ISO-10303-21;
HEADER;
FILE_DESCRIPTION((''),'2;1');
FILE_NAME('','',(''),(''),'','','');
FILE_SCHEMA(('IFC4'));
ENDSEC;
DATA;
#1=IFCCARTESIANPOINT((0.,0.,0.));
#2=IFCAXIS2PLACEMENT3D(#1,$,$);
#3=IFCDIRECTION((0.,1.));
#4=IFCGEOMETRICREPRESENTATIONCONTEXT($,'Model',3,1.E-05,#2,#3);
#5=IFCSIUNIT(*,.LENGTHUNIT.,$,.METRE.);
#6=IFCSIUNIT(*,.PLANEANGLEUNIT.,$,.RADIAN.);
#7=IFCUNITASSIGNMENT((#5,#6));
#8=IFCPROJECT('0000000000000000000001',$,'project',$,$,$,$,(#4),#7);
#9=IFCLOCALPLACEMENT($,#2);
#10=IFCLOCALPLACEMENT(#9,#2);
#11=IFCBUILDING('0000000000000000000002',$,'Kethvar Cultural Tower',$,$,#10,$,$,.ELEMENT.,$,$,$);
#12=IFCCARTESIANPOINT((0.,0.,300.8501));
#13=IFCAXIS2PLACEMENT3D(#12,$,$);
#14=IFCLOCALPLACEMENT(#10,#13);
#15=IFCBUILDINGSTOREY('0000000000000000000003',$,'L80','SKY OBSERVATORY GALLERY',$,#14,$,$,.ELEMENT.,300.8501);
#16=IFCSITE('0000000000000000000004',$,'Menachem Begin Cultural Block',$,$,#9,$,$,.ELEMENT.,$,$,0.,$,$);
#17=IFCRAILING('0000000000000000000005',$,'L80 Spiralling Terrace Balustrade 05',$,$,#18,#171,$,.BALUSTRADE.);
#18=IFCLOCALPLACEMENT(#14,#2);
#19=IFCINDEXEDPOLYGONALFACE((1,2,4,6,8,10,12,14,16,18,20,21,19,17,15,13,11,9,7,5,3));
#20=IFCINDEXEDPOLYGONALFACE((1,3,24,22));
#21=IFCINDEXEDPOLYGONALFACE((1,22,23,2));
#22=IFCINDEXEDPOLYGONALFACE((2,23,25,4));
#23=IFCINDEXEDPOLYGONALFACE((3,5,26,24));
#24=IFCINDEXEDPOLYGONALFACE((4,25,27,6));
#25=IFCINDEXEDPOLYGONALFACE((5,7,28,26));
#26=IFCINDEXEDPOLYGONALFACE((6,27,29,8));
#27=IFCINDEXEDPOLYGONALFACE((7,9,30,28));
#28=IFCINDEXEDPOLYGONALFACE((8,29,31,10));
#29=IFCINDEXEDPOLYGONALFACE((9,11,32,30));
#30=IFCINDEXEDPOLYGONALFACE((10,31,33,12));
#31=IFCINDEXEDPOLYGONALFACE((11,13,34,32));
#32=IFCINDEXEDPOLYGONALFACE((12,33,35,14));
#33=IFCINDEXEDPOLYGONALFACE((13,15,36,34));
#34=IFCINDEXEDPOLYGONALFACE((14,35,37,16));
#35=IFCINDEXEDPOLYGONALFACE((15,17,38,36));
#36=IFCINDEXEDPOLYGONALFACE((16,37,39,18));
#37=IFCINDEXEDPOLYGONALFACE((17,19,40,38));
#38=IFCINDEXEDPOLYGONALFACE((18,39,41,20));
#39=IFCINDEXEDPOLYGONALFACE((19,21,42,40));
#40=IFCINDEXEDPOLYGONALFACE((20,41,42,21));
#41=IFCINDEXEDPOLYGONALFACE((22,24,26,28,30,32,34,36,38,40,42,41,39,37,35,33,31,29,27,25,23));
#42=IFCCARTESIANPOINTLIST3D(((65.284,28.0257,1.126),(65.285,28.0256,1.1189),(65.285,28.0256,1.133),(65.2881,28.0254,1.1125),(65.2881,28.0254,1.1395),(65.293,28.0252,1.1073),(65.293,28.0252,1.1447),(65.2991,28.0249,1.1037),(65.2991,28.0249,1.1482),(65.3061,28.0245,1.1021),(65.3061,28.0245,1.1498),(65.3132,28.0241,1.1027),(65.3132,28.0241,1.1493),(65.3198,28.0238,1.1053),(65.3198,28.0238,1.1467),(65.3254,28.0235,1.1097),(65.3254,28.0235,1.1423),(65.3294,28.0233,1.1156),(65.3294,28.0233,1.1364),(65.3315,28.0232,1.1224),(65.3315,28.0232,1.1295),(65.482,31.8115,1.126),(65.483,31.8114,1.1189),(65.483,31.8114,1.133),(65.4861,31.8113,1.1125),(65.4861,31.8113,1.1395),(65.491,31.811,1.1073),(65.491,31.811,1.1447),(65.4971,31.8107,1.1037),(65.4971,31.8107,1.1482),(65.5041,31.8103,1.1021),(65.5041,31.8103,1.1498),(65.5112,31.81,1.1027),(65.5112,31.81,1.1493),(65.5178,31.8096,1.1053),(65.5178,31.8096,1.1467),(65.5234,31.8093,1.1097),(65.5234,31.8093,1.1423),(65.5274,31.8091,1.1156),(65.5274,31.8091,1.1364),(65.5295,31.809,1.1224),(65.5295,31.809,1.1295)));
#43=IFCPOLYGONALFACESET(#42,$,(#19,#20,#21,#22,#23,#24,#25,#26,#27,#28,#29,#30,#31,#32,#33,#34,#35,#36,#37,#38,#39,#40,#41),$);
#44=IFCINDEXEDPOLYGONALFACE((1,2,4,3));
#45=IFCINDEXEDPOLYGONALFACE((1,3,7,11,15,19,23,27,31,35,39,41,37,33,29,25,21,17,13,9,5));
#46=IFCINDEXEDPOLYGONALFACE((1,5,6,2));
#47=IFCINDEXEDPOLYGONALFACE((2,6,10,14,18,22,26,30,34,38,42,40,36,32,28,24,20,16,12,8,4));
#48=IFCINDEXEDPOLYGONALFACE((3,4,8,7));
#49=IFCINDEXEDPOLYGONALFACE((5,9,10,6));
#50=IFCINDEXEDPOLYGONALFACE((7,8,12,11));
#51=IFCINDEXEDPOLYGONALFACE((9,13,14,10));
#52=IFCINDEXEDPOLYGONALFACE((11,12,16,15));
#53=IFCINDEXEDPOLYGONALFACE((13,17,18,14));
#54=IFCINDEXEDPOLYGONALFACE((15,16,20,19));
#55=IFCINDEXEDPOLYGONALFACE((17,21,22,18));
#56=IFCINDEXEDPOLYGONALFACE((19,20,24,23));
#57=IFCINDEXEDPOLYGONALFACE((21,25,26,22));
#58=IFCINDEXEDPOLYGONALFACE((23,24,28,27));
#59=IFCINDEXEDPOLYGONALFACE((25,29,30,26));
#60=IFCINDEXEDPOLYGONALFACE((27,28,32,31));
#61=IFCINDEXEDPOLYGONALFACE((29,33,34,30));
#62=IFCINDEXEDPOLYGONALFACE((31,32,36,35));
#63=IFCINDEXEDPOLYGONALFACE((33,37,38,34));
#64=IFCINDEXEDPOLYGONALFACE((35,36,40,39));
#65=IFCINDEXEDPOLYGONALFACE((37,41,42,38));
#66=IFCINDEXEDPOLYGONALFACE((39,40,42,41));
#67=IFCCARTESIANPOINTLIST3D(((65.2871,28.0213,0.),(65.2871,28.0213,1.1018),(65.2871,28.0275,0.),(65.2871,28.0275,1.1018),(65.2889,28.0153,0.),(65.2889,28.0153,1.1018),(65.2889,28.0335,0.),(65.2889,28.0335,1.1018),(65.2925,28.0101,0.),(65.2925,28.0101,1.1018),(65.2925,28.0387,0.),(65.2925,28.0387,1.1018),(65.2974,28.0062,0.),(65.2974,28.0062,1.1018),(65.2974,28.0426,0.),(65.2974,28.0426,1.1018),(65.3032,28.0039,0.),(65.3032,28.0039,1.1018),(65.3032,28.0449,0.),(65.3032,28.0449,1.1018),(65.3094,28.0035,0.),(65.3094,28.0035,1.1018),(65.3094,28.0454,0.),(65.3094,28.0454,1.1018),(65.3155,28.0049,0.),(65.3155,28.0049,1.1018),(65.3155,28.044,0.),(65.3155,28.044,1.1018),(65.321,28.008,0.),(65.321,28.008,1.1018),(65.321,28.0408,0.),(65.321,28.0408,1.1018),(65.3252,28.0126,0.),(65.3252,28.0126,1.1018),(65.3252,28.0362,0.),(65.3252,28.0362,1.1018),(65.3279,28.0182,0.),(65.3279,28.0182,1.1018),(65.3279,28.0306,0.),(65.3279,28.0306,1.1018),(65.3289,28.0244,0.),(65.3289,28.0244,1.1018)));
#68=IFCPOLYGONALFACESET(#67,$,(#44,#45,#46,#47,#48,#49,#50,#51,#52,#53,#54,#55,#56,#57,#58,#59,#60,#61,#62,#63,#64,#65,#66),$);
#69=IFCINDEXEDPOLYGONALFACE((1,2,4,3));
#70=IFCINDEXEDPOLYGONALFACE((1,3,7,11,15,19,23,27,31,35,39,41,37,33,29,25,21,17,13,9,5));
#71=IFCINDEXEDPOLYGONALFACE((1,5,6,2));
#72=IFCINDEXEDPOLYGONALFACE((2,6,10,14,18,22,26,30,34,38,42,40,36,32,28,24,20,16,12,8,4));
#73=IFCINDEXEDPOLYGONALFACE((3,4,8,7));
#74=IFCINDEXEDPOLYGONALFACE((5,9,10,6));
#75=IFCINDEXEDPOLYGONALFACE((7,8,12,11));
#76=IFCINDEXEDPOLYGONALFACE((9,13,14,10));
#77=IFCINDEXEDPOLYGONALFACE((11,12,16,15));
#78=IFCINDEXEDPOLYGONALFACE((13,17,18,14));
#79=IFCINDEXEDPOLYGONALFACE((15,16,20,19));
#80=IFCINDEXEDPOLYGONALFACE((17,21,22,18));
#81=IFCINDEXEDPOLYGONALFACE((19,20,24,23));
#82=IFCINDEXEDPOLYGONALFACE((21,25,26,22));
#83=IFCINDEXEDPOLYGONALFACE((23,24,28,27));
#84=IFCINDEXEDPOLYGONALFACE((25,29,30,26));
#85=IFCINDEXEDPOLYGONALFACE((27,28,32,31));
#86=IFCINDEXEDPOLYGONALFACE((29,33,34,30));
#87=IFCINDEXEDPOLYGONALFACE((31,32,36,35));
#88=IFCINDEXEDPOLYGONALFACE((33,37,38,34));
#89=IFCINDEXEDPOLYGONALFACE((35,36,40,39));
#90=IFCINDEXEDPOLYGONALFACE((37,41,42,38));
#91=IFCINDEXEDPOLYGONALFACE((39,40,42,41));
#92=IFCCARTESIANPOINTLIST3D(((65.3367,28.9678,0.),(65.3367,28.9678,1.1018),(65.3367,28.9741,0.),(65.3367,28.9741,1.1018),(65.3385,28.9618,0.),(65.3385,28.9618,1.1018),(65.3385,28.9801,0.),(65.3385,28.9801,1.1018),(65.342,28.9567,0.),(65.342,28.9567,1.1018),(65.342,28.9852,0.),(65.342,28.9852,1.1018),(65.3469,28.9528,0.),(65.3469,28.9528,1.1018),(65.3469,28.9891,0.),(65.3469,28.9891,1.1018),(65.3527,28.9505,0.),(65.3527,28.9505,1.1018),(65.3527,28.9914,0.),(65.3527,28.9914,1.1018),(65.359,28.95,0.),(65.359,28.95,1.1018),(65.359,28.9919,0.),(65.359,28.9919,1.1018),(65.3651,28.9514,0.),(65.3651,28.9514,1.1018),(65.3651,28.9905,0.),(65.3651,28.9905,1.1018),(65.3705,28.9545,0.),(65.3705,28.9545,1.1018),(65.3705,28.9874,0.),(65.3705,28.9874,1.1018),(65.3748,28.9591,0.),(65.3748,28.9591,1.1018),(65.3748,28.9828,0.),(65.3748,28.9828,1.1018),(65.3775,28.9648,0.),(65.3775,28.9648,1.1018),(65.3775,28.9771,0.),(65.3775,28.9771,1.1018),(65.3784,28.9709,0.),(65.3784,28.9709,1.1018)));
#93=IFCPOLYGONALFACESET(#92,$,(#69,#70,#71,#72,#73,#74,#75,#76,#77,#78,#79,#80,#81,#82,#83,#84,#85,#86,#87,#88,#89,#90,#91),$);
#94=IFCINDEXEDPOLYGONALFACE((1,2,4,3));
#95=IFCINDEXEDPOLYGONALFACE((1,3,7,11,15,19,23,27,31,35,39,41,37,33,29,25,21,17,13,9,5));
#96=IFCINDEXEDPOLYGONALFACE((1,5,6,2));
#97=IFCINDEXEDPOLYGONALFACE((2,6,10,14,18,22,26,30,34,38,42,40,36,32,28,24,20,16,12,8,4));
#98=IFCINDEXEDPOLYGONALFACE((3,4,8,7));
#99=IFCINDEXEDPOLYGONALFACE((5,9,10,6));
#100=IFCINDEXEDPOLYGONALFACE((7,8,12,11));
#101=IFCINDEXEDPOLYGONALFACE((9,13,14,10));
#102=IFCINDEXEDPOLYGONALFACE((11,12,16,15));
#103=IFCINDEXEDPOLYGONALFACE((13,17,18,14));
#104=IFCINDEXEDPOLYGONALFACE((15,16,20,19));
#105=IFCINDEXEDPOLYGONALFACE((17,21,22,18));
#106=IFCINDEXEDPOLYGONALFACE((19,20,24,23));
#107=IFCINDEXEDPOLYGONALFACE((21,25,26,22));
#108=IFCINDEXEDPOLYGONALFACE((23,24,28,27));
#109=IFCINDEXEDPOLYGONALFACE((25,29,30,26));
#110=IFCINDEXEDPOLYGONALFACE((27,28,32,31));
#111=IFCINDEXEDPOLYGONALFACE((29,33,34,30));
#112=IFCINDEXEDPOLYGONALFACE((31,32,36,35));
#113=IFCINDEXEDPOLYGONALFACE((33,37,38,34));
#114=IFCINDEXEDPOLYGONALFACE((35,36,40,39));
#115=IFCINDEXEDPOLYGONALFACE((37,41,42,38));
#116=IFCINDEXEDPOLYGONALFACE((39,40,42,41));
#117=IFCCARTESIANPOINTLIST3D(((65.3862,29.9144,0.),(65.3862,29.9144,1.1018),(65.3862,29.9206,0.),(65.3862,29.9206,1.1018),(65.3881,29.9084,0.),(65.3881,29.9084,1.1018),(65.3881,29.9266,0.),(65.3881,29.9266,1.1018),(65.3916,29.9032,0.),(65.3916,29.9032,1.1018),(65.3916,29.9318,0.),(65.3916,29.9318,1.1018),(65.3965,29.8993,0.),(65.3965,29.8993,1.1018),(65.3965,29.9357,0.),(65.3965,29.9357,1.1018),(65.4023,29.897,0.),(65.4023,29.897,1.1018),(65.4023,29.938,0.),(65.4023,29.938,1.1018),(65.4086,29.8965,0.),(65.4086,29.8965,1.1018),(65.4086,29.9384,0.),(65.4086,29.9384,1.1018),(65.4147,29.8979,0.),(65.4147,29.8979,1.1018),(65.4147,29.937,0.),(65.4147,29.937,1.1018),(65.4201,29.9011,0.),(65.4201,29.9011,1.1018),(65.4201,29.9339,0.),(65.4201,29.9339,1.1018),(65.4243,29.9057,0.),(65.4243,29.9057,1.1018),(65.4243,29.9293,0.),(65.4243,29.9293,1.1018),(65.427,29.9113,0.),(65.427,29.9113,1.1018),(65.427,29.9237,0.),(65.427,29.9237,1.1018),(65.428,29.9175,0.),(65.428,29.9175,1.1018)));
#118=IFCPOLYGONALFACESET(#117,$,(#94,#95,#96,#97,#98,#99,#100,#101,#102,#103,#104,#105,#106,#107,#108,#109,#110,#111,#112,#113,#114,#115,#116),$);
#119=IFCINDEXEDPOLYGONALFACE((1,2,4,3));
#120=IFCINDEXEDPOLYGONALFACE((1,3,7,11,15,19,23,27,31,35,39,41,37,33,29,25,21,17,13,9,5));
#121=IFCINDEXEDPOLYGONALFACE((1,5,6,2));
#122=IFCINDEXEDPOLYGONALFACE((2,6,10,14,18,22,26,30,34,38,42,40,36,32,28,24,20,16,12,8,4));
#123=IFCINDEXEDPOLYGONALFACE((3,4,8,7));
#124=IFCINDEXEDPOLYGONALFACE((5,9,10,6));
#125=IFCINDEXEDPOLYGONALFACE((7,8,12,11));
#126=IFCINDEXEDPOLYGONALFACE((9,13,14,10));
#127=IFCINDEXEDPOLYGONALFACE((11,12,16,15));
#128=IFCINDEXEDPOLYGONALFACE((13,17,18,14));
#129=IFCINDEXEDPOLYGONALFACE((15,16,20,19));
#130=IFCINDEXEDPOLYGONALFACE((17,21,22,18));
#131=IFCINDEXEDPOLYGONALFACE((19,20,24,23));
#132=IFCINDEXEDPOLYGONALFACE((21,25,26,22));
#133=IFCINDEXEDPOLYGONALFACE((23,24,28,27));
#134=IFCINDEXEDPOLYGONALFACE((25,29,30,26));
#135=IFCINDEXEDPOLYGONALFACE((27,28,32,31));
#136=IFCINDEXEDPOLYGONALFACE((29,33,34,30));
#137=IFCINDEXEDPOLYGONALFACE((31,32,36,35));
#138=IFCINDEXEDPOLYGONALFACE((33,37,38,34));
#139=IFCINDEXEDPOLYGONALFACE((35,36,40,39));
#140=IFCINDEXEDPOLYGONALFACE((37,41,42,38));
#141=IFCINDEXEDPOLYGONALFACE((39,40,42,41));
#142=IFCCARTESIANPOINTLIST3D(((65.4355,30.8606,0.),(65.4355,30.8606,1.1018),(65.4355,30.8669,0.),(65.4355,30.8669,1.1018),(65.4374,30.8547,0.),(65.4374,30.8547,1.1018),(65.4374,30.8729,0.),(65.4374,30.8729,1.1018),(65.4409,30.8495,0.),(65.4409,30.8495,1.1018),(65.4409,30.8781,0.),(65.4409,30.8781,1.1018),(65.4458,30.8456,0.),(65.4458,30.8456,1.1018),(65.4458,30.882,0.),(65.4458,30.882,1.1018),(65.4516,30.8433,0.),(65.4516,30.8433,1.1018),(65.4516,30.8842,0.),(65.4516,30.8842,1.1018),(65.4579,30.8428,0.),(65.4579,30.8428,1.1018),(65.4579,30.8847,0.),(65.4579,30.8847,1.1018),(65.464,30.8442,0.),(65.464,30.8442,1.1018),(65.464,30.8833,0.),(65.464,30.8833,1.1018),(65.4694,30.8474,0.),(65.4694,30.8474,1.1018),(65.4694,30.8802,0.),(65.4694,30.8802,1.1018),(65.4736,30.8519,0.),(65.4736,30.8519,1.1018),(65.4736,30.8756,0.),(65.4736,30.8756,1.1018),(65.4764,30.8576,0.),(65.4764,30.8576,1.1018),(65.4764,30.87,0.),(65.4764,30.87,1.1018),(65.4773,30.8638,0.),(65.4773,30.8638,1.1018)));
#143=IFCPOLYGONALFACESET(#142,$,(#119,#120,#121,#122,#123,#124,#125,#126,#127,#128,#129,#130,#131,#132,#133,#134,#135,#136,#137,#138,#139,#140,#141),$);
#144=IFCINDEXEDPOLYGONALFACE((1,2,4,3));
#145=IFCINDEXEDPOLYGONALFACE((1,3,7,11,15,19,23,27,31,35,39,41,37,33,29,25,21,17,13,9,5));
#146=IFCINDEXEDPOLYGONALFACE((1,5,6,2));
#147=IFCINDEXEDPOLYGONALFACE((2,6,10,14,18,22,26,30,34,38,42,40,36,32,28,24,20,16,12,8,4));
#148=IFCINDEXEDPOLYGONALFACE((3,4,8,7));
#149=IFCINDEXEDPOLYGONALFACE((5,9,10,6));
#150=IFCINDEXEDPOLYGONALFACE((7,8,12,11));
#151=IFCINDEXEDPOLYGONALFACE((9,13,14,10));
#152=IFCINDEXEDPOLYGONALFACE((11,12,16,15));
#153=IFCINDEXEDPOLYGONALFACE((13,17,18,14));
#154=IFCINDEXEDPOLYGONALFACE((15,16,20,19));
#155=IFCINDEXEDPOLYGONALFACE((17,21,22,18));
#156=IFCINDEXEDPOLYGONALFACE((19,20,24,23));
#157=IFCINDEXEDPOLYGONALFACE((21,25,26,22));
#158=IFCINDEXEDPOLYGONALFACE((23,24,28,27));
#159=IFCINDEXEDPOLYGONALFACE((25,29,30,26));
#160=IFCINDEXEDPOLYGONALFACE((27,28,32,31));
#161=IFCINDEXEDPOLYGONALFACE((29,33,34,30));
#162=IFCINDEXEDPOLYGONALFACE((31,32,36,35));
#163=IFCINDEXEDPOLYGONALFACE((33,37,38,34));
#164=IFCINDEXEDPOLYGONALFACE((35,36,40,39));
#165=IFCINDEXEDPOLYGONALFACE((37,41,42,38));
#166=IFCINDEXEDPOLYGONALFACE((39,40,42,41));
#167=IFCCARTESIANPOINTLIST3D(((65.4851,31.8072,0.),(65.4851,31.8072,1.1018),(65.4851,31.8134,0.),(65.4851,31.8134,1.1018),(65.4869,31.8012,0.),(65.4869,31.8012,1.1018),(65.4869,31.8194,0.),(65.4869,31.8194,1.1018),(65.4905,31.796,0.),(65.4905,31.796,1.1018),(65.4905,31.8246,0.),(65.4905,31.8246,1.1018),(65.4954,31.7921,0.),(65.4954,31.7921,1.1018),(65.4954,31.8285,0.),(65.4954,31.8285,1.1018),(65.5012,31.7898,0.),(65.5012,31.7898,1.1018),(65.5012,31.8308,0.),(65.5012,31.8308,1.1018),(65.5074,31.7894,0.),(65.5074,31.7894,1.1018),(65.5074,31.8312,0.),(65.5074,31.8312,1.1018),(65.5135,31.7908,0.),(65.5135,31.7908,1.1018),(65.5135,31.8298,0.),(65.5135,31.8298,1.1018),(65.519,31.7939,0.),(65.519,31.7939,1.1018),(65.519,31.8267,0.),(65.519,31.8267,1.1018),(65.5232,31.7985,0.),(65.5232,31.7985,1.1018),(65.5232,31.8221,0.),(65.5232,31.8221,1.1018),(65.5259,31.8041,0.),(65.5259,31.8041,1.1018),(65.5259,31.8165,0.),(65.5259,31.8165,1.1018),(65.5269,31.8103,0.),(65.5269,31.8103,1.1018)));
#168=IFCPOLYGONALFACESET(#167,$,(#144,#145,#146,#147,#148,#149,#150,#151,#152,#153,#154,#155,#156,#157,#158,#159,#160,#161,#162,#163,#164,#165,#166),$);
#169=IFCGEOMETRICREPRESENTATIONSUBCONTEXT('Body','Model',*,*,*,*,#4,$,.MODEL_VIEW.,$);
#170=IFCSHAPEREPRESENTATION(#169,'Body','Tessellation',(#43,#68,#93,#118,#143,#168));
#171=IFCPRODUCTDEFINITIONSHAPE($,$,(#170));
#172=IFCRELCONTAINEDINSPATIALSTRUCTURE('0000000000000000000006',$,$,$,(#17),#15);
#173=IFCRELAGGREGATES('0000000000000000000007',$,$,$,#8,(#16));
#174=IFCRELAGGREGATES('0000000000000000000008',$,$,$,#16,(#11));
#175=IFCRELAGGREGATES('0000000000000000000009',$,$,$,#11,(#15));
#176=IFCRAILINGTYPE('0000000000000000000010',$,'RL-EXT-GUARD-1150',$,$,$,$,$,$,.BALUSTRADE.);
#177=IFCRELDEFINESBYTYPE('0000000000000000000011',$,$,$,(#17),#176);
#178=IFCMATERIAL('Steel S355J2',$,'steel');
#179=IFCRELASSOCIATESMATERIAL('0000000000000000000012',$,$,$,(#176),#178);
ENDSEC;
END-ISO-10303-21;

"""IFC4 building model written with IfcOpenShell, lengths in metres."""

from ifc_helpers import new_model, si_unit, direction, frame, origin, origin_2d, place, context, subcontext, project, spatial, circle, extrude, material, type_object, element, save


model = new_model("IFC4")

# Units and contexts
model_context = context("Model", 3, precision=1e-05, world=origin(), true_north=direction((0.0, 1.0)))
body_context = subcontext(model_context, "Body", "Model", "MODEL_VIEW")
ifc_project = project(units=[si_unit("LENGTHUNIT", "METRE"), si_unit("PLANEANGLEUNIT", "RADIAN")], contexts=[model_context])

# Site, building, storey
site_placement = place(None, origin())
site = spatial("IfcSite", under=ifc_project, at=site_placement, Name="Menachem Begin Cultural Block", CompositionType="ELEMENT", RefElevation=0.0)
building_placement = place(site_placement, origin())
building = spatial("IfcBuilding", under=site, at=building_placement, Name="Kethvar Cultural Tower", CompositionType="ELEMENT")
storey_placement = place(building_placement, frame((0.0, 0.0, 300.8501)))
storey = spatial("IfcBuildingStorey", under=building, at=storey_placement, Name="L80", Description="SKY OBSERVATORY GALLERY", CompositionType="ELEMENT", Elevation=300.8501)

# Shared definitions
ifc_material_1 = material(Name="Steel S355J2", Category="steel")

# Railing
railing_type = type_object("IfcRailingType", Name="RL-EXT-GUARD-1150", PredefinedType="BALUSTRADE", material=ifc_material_1)
railing_1_placement = place(storey_placement, frame((65.3079, 28.0244, 0.0)))
element("IfcRailing", 1, at=railing_1_placement, inside=storey, type_object=railing_type, Name="L80 Spiralling Terrace Balustrade 05", PredefinedType="BALUSTRADE", context=body_context, shape_type="SweptSolid", body=[
    extrude(circle(Radius=0.0239, at=origin_2d()), frame((0.0, 0.0, 1.126), z_axis=(0.052228, 0.998635, 0.0), x_axis=(-0.998635, 0.052228, 0.0)), (0.0, 0.0, 1.0), 3.791),
    extrude(circle(Radius=0.021, at=origin_2d()), origin(), (0.0, 0.0, 1.0), 1.1018),
    extrude(circle(Radius=0.021, at=origin_2d()), frame((0.0496, 0.9465, 0.0)), (0.0, 0.0, 1.0), 1.1018),
    extrude(circle(Radius=0.021, at=origin_2d()), frame((0.0991, 1.8931, 0.0)), (0.0, 0.0, 1.0), 1.1018),
    extrude(circle(Radius=0.021, at=origin_2d()), frame((0.1484, 2.8394, 0.0)), (0.0, 0.0, 1.0), 1.1018),
    extrude(circle(Radius=0.021, at=origin_2d()), frame((0.198, 3.7859, 0.0)), (0.0, 0.0, 1.0), 1.1018),
])

save(model, "model.ifc")
